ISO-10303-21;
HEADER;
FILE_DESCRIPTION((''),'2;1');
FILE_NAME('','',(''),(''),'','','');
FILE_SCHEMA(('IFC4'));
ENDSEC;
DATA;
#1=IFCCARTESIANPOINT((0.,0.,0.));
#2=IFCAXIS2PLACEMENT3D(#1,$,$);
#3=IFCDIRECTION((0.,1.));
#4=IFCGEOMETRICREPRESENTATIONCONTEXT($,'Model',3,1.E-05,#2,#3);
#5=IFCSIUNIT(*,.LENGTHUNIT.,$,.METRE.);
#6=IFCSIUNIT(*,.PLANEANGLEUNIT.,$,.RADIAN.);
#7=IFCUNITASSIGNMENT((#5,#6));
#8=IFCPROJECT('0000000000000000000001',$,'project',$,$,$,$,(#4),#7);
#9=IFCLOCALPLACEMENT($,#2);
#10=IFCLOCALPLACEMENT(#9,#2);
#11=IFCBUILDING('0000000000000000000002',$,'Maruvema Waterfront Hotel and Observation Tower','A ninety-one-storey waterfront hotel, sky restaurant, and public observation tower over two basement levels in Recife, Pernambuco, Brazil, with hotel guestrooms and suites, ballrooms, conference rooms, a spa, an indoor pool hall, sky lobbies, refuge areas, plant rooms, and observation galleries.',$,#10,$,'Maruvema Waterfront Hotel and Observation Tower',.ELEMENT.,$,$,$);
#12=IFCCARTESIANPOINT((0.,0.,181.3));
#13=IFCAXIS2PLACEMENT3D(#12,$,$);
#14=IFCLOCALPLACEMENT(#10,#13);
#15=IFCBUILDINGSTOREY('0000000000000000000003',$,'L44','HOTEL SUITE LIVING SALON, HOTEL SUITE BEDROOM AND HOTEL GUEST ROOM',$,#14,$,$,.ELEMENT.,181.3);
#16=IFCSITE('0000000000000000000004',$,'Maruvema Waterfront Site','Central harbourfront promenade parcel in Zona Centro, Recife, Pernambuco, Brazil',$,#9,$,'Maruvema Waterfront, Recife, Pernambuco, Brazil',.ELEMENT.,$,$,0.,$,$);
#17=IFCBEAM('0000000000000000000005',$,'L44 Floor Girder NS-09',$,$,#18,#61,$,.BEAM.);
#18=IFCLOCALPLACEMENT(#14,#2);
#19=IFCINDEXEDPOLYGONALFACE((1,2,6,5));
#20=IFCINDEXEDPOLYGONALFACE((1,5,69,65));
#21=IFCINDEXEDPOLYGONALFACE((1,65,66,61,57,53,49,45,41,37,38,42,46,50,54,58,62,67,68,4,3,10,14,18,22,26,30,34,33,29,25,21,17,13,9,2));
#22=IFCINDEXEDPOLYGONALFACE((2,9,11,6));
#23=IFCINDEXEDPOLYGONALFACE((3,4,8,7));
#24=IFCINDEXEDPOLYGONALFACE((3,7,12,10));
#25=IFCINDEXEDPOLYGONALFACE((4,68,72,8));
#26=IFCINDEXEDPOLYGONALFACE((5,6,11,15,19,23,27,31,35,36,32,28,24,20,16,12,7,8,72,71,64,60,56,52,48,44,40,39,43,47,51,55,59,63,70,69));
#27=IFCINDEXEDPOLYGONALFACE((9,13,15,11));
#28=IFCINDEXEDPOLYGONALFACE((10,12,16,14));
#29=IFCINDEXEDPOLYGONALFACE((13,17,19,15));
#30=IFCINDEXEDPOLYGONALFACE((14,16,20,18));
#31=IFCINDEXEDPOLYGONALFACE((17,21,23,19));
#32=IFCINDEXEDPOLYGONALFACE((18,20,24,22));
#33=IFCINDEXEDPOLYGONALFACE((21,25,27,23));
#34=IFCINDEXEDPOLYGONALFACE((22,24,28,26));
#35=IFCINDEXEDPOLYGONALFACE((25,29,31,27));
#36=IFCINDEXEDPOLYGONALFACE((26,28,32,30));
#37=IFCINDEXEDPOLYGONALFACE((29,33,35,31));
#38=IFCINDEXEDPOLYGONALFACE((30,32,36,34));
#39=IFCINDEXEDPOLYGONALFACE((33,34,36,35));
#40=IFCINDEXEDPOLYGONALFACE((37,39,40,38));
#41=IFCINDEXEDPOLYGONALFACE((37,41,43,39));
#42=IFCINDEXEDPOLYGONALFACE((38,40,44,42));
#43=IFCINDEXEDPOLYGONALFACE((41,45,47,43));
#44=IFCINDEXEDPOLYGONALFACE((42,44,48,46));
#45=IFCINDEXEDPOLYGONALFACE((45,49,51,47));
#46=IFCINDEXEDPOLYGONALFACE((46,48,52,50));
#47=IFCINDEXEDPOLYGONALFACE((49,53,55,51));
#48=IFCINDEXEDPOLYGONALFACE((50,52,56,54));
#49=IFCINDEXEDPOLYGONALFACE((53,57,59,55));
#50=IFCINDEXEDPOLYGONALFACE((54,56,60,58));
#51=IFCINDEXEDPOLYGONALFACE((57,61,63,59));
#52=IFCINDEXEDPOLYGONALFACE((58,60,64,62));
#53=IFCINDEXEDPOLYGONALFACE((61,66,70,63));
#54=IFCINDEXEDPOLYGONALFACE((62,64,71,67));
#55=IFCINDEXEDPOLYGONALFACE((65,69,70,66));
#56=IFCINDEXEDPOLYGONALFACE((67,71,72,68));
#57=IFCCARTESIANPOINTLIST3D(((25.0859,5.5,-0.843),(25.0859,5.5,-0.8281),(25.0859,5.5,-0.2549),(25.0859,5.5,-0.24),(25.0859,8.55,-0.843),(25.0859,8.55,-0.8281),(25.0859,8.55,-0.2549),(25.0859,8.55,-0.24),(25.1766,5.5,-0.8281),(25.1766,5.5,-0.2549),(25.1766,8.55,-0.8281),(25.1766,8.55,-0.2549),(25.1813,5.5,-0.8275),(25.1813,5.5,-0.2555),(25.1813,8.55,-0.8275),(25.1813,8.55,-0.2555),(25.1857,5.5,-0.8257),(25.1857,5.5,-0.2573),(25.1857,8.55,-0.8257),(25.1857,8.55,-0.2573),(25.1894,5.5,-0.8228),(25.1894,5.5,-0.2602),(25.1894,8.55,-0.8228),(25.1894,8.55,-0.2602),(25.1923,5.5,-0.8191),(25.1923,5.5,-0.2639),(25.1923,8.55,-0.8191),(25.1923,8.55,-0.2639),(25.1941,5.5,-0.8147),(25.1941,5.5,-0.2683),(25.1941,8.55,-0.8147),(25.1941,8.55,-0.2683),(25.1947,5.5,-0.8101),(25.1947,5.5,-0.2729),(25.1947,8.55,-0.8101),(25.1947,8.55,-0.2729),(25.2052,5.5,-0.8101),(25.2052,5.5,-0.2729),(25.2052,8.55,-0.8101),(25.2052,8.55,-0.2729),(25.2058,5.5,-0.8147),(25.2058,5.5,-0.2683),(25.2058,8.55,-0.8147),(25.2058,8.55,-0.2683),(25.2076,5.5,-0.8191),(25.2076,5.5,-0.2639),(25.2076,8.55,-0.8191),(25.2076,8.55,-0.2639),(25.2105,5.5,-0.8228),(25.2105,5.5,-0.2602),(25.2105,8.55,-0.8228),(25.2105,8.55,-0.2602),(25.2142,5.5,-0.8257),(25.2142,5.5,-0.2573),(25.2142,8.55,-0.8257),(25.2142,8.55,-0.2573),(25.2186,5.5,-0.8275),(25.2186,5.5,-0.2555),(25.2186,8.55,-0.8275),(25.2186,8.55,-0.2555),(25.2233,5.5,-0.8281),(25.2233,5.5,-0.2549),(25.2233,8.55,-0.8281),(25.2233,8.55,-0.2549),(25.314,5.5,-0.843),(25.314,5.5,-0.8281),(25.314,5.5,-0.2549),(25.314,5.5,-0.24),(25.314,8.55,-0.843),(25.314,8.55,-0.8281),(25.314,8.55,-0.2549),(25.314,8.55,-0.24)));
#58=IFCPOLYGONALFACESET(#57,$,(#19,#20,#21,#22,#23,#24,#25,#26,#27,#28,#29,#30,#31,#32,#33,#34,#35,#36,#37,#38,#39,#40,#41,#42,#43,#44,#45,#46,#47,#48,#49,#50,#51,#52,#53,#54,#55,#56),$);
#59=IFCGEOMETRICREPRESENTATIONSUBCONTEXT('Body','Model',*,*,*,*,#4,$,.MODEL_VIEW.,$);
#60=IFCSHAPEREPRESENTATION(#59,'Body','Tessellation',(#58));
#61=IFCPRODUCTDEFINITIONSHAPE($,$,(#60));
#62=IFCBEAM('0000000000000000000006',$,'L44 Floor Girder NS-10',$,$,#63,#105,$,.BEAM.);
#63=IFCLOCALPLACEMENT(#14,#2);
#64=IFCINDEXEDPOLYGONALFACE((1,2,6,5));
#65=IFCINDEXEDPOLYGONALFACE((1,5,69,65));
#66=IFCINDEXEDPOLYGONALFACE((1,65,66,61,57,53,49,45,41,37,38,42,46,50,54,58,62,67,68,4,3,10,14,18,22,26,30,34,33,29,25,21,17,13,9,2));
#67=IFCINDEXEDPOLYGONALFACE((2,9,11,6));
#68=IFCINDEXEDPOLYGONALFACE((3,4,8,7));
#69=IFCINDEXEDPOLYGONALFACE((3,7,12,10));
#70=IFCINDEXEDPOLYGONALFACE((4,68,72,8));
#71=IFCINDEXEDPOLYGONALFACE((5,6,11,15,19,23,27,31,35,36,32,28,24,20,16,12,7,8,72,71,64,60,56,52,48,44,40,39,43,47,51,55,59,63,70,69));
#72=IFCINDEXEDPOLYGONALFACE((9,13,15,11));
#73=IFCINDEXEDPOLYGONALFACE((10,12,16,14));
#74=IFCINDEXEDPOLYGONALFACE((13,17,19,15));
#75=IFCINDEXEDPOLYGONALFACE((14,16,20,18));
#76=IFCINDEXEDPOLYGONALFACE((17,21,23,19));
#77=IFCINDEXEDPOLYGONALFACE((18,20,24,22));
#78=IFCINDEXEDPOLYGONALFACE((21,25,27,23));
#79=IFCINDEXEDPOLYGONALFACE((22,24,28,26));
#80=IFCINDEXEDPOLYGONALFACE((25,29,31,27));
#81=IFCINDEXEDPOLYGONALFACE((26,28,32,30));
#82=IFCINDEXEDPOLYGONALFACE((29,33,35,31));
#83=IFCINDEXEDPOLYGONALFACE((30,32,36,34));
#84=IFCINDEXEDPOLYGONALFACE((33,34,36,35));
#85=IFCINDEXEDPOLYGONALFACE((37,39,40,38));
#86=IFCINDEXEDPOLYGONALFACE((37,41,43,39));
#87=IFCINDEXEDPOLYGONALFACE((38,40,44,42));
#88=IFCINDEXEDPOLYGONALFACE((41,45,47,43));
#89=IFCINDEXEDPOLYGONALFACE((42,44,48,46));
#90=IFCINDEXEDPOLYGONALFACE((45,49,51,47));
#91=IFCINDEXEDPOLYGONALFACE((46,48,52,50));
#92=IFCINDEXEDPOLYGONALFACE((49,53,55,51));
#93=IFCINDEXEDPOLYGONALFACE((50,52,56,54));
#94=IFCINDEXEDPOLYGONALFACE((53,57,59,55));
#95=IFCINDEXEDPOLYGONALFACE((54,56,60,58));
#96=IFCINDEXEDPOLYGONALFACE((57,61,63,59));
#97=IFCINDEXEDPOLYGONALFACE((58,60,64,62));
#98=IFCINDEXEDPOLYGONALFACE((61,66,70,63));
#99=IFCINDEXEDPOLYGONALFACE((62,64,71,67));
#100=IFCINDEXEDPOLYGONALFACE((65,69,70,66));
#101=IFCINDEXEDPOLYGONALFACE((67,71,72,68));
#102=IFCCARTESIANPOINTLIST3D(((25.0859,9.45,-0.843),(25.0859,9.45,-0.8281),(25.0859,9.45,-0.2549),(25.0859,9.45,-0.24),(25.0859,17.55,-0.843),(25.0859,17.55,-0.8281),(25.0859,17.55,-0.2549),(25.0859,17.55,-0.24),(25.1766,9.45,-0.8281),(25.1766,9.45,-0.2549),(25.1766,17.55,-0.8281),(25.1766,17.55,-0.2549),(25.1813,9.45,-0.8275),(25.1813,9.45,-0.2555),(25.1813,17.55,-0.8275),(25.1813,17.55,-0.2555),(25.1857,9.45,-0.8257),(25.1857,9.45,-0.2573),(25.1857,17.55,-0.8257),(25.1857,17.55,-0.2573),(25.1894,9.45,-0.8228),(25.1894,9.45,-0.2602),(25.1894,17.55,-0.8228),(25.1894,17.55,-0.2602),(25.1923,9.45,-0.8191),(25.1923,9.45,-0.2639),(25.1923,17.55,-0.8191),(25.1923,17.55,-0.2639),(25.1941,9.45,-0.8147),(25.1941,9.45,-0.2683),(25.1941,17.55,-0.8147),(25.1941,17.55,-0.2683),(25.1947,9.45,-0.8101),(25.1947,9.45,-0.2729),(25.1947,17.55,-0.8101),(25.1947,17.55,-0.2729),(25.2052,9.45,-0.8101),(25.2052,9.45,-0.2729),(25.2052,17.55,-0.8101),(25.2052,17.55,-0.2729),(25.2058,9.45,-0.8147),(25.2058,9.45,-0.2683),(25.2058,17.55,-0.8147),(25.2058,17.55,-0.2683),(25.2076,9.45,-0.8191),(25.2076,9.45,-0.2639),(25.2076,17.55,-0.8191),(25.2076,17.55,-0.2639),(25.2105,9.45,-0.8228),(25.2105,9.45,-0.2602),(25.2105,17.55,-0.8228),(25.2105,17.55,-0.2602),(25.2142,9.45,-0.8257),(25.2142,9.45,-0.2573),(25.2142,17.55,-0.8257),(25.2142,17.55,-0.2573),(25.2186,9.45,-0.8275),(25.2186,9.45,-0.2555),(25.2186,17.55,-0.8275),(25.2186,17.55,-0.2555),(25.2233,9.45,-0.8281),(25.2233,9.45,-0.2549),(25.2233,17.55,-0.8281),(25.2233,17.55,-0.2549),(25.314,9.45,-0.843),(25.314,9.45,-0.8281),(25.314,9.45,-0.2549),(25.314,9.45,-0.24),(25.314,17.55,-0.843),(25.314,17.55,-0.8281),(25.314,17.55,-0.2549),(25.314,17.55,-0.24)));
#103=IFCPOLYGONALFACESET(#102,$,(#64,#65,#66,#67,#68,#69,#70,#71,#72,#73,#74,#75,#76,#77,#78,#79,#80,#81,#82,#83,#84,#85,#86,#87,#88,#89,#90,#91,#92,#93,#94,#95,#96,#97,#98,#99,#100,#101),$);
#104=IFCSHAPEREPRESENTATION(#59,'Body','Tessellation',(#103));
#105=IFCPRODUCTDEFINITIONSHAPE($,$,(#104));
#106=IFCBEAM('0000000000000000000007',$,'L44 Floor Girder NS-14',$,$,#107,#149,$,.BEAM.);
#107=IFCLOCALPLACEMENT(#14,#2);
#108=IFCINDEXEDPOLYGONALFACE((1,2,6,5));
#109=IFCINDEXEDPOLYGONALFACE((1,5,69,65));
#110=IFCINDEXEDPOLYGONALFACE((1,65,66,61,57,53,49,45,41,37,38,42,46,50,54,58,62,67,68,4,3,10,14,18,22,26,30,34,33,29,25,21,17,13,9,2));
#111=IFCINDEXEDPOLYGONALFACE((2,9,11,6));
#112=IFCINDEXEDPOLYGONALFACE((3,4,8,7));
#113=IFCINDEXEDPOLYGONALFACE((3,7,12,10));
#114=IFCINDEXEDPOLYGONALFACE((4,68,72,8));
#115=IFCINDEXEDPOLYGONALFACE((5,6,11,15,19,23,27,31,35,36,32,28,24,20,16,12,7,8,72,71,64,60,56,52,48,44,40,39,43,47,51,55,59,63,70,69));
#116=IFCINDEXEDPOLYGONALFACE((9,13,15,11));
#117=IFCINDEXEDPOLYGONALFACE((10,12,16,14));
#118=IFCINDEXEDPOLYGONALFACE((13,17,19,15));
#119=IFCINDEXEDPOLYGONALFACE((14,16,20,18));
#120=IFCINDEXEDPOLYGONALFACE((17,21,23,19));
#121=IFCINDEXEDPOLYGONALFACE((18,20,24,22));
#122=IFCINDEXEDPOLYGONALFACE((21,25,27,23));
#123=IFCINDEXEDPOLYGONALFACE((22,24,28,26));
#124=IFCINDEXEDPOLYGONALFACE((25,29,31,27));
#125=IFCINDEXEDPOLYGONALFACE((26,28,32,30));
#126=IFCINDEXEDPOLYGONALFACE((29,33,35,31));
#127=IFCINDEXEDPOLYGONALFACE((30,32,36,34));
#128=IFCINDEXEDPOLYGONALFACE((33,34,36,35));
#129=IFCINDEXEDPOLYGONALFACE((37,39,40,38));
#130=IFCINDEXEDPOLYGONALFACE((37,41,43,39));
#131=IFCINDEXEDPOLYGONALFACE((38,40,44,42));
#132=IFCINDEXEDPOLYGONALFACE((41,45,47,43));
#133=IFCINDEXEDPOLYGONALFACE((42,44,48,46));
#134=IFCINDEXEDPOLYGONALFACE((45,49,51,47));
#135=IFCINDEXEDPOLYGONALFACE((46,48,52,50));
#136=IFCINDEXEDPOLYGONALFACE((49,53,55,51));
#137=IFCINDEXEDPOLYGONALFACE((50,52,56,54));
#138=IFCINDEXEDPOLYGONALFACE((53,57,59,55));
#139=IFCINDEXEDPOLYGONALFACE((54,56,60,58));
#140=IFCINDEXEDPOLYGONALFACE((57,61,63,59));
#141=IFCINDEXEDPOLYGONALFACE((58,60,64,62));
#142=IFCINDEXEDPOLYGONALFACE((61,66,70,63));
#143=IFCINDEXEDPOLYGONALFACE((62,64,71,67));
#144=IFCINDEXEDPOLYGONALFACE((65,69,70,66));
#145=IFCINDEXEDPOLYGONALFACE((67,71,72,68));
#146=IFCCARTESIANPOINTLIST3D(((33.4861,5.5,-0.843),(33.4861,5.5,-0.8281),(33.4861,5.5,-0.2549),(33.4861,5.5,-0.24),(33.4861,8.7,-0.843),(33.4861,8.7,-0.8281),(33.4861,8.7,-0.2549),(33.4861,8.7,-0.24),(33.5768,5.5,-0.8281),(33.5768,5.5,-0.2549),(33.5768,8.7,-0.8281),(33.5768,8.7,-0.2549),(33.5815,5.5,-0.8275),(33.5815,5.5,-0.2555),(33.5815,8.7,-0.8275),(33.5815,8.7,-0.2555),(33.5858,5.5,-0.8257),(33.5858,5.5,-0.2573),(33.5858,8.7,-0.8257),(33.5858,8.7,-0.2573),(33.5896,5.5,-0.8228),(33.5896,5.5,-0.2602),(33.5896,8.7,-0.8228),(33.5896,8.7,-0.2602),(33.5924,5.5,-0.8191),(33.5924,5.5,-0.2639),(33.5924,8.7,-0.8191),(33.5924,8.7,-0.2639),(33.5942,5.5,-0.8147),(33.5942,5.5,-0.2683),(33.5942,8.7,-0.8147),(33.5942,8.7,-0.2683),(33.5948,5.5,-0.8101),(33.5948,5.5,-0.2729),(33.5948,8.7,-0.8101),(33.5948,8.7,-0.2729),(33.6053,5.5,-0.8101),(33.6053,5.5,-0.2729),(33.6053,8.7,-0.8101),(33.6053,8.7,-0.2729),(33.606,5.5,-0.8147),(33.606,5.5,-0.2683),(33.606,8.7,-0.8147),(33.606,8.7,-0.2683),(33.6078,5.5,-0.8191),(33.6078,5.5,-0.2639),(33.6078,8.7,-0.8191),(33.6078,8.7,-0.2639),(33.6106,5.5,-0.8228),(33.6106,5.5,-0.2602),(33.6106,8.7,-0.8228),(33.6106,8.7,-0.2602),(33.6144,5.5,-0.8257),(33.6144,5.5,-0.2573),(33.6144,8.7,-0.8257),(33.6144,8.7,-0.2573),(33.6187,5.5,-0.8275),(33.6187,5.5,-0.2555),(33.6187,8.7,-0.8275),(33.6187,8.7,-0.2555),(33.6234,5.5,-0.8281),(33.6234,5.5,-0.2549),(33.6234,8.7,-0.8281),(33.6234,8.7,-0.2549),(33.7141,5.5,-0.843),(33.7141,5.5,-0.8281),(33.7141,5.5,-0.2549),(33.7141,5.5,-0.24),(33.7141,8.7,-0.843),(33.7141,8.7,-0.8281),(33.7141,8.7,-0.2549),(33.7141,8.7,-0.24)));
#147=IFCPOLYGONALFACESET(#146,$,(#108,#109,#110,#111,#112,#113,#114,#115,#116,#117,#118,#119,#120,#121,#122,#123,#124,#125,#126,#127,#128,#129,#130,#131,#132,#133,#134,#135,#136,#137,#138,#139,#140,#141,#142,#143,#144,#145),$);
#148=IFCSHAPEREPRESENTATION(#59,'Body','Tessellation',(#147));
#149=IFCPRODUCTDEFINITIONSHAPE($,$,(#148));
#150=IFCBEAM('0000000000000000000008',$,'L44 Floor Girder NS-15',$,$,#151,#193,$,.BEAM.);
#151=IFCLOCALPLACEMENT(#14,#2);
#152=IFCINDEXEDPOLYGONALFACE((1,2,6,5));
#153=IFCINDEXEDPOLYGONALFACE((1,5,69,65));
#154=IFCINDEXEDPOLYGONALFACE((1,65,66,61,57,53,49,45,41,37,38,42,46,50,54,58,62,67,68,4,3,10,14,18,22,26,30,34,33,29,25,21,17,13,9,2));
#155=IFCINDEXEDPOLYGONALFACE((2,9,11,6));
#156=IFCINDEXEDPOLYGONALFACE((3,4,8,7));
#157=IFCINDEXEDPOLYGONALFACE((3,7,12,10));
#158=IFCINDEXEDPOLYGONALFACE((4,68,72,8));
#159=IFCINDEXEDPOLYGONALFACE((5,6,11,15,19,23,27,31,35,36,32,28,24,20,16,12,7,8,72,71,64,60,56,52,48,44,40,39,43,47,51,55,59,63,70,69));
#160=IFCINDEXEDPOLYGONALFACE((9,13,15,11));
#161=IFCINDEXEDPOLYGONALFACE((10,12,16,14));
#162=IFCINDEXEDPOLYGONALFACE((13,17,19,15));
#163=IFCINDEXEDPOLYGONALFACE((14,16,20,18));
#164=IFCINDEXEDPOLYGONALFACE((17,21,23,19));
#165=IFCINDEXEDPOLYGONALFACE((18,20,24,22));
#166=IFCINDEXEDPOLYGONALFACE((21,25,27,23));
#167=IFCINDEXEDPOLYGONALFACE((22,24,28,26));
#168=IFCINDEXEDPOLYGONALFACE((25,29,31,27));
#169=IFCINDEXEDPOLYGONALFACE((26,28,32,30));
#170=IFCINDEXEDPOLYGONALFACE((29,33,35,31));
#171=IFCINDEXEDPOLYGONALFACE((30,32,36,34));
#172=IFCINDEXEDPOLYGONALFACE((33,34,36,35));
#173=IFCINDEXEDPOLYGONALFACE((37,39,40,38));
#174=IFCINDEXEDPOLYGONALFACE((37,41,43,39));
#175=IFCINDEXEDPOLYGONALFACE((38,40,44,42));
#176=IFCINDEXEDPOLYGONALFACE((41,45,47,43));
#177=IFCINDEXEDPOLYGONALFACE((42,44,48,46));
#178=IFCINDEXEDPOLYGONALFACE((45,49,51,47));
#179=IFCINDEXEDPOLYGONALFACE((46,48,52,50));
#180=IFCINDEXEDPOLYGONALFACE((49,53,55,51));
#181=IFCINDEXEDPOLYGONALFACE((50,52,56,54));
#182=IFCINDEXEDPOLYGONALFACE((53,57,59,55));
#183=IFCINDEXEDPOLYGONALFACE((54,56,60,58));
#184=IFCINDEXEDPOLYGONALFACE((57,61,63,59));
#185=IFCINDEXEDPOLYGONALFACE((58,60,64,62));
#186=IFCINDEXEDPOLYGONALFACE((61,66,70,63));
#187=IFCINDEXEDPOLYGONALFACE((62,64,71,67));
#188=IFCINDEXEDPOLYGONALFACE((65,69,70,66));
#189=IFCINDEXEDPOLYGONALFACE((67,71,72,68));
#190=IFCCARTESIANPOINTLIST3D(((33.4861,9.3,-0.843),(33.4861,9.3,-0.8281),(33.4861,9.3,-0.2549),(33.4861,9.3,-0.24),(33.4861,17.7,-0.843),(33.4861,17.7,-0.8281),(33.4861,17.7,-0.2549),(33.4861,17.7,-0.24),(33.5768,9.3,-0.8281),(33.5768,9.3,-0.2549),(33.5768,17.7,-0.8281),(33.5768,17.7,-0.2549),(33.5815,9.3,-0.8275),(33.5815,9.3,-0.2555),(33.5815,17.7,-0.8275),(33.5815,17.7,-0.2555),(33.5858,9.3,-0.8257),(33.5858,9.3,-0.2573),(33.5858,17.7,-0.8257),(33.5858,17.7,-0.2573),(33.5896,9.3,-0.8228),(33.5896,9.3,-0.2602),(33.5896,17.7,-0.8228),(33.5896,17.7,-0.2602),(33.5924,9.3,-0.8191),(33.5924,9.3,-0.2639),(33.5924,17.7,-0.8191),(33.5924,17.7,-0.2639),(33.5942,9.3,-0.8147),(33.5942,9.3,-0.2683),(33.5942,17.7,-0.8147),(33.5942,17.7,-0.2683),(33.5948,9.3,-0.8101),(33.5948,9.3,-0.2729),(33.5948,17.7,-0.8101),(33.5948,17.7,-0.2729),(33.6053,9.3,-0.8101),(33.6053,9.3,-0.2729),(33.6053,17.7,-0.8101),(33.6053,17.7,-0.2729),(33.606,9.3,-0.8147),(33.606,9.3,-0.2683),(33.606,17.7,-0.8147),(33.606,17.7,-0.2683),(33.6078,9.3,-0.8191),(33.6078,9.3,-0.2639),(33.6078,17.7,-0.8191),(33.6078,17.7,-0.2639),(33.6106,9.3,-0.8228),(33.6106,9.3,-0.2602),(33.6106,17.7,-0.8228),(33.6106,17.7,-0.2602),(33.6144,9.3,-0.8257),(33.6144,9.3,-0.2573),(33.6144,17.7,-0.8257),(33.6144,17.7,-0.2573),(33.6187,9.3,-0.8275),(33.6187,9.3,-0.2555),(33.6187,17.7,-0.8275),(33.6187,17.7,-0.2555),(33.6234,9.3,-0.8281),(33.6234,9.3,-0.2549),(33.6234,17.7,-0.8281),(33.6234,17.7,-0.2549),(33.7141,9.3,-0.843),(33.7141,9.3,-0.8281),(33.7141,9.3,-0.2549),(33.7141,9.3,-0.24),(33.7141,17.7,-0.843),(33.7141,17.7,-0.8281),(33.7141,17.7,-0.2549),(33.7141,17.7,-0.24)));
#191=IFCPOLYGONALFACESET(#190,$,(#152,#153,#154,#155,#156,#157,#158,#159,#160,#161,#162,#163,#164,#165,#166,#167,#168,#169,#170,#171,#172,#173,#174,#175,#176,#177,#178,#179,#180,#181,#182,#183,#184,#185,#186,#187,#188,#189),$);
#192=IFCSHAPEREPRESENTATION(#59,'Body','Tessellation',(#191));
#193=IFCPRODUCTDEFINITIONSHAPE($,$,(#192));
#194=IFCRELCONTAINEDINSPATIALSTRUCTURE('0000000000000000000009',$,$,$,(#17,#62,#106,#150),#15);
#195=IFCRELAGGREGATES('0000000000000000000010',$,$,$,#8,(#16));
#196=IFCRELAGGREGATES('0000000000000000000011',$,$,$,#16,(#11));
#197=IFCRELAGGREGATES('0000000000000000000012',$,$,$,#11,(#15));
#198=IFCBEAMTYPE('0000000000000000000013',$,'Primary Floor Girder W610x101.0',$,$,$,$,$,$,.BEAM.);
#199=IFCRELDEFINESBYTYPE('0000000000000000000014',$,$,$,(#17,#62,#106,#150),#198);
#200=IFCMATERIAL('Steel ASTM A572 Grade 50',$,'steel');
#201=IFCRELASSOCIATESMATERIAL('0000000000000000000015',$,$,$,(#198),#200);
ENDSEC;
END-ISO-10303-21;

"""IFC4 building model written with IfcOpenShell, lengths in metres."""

from ifc_helpers import new_model, si_unit, direction, frame, origin, origin_2d, place, context, subcontext, project, spatial, i_section, extrude, material, material_profile, profile_set, type_object, element, save


model = new_model("IFC4")

# Units and contexts
model_context = context("Model", 3, precision=1e-05, world=origin(), true_north=direction((0.0, 1.0)))
body_context = subcontext(model_context, "Body", "Model", "MODEL_VIEW")
ifc_project = project(units=[si_unit("LENGTHUNIT", "METRE"), si_unit("PLANEANGLEUNIT", "RADIAN")], contexts=[model_context])

# Site, building, storey
site_placement = place(None, origin())
site = spatial("IfcSite", under=ifc_project, at=site_placement, Name="Maruvema Waterfront Site", Description="Central harbourfront promenade parcel in Zona Centro, Recife, Pernambuco, Brazil", LongName="Maruvema Waterfront, Recife, Pernambuco, Brazil", CompositionType="ELEMENT", RefElevation=0.0)
building_placement = place(site_placement, origin())
building = spatial("IfcBuilding", under=site, at=building_placement, Name="Maruvema Waterfront Hotel and Observation Tower", Description="A ninety-one-storey waterfront hotel, sky restaurant, and public observation tower over two basement levels in Recife, Pernambuco, Brazil, with hotel guestrooms and suites, ballrooms, conference rooms, a spa, an indoor pool hall, sky lobbies, refuge areas, plant rooms, and observation galleries.", LongName="Maruvema Waterfront Hotel and Observation Tower", CompositionType="ELEMENT")
storey_placement = place(building_placement, frame((0.0, 0.0, 181.3)))
storey = spatial("IfcBuildingStorey", under=building, at=storey_placement, Name="L44", Description="HOTEL SUITE LIVING SALON, HOTEL SUITE BEDROOM AND HOTEL GUEST ROOM", CompositionType="ELEMENT", Elevation=181.3)

# Beams
ifc_material_1 = material(Name="Steel ASTM A572 Grade 50", Category="steel")
ifc_material_profile_1 = material_profile(ifc_material_1, i_section(OverallWidth=0.228, OverallDepth=0.603, WebThickness=0.0105, FlangeThickness=0.0149, FilletRadius=0.0181, at=origin_2d()), Name="W610x101.0")
ifc_profile_set_1 = profile_set([ifc_material_profile_1], Name="Steel ASTM A572 Grade 50")
beam_type_1 = type_object("IfcBeamType", Name="Primary Floor Girder W610x101.0", PredefinedType="BEAM", material=ifc_profile_set_1)
beam_1_placement = place(storey_placement, frame((25.2, 5.5, -0.5415), z_axis=(0.0, 1.0, 0.0), x_axis=(-1.0, 0.0, 0.0)))
element("IfcBeam", 1, at=beam_1_placement, inside=storey, type_object=beam_type_1, Name="L44 Floor Girder NS-09", PredefinedType="BEAM", context=body_context, shape_type="SweptSolid", body=[
    extrude(i_section(OverallWidth=0.228, OverallDepth=0.603, WebThickness=0.0105, FlangeThickness=0.0149, FilletRadius=0.0181, at=origin_2d()), origin(), (0.0, 0.0, 1.0), 3.05),
])
beam_2_placement = place(storey_placement, frame((25.2, 9.45, -0.5415), z_axis=(0.0, 1.0, 0.0), x_axis=(-1.0, 0.0, 0.0)))
element("IfcBeam", 2, at=beam_2_placement, inside=storey, type_object=beam_type_1, Name="L44 Floor Girder NS-10", PredefinedType="BEAM", context=body_context, shape_type="SweptSolid", body=[
    extrude(i_section(OverallWidth=0.228, OverallDepth=0.603, WebThickness=0.0105, FlangeThickness=0.0149, FilletRadius=0.0181, at=origin_2d()), origin(), (0.0, 0.0, 1.0), 8.1001),
])
beam_3_placement = place(storey_placement, frame((33.6001, 5.5, -0.5415), z_axis=(0.0, 1.0, 0.0), x_axis=(-1.0, 0.0, 0.0)))
element("IfcBeam", 3, at=beam_3_placement, inside=storey, type_object=beam_type_1, Name="L44 Floor Girder NS-14", PredefinedType="BEAM", context=body_context, shape_type="SweptSolid", body=[
    extrude(i_section(OverallWidth=0.228, OverallDepth=0.603, WebThickness=0.0105, FlangeThickness=0.0149, FilletRadius=0.0181, at=origin_2d()), origin(), (0.0, 0.0, 1.0), 3.2),
])
beam_4_placement = place(storey_placement, frame((33.6001, 9.3, -0.5415), z_axis=(0.0, 1.0, 0.0), x_axis=(-1.0, 0.0, 0.0)))
element("IfcBeam", 4, at=beam_4_placement, inside=storey, type_object=beam_type_1, Name="L44 Floor Girder NS-15", PredefinedType="BEAM", context=body_context, shape_type="SweptSolid", body=[
    extrude(i_section(OverallWidth=0.228, OverallDepth=0.603, WebThickness=0.0105, FlangeThickness=0.0149, FilletRadius=0.0181, at=origin_2d()), origin(), (0.0, 0.0, 1.0), 8.3999),
])

save(model, "model.ifc")
